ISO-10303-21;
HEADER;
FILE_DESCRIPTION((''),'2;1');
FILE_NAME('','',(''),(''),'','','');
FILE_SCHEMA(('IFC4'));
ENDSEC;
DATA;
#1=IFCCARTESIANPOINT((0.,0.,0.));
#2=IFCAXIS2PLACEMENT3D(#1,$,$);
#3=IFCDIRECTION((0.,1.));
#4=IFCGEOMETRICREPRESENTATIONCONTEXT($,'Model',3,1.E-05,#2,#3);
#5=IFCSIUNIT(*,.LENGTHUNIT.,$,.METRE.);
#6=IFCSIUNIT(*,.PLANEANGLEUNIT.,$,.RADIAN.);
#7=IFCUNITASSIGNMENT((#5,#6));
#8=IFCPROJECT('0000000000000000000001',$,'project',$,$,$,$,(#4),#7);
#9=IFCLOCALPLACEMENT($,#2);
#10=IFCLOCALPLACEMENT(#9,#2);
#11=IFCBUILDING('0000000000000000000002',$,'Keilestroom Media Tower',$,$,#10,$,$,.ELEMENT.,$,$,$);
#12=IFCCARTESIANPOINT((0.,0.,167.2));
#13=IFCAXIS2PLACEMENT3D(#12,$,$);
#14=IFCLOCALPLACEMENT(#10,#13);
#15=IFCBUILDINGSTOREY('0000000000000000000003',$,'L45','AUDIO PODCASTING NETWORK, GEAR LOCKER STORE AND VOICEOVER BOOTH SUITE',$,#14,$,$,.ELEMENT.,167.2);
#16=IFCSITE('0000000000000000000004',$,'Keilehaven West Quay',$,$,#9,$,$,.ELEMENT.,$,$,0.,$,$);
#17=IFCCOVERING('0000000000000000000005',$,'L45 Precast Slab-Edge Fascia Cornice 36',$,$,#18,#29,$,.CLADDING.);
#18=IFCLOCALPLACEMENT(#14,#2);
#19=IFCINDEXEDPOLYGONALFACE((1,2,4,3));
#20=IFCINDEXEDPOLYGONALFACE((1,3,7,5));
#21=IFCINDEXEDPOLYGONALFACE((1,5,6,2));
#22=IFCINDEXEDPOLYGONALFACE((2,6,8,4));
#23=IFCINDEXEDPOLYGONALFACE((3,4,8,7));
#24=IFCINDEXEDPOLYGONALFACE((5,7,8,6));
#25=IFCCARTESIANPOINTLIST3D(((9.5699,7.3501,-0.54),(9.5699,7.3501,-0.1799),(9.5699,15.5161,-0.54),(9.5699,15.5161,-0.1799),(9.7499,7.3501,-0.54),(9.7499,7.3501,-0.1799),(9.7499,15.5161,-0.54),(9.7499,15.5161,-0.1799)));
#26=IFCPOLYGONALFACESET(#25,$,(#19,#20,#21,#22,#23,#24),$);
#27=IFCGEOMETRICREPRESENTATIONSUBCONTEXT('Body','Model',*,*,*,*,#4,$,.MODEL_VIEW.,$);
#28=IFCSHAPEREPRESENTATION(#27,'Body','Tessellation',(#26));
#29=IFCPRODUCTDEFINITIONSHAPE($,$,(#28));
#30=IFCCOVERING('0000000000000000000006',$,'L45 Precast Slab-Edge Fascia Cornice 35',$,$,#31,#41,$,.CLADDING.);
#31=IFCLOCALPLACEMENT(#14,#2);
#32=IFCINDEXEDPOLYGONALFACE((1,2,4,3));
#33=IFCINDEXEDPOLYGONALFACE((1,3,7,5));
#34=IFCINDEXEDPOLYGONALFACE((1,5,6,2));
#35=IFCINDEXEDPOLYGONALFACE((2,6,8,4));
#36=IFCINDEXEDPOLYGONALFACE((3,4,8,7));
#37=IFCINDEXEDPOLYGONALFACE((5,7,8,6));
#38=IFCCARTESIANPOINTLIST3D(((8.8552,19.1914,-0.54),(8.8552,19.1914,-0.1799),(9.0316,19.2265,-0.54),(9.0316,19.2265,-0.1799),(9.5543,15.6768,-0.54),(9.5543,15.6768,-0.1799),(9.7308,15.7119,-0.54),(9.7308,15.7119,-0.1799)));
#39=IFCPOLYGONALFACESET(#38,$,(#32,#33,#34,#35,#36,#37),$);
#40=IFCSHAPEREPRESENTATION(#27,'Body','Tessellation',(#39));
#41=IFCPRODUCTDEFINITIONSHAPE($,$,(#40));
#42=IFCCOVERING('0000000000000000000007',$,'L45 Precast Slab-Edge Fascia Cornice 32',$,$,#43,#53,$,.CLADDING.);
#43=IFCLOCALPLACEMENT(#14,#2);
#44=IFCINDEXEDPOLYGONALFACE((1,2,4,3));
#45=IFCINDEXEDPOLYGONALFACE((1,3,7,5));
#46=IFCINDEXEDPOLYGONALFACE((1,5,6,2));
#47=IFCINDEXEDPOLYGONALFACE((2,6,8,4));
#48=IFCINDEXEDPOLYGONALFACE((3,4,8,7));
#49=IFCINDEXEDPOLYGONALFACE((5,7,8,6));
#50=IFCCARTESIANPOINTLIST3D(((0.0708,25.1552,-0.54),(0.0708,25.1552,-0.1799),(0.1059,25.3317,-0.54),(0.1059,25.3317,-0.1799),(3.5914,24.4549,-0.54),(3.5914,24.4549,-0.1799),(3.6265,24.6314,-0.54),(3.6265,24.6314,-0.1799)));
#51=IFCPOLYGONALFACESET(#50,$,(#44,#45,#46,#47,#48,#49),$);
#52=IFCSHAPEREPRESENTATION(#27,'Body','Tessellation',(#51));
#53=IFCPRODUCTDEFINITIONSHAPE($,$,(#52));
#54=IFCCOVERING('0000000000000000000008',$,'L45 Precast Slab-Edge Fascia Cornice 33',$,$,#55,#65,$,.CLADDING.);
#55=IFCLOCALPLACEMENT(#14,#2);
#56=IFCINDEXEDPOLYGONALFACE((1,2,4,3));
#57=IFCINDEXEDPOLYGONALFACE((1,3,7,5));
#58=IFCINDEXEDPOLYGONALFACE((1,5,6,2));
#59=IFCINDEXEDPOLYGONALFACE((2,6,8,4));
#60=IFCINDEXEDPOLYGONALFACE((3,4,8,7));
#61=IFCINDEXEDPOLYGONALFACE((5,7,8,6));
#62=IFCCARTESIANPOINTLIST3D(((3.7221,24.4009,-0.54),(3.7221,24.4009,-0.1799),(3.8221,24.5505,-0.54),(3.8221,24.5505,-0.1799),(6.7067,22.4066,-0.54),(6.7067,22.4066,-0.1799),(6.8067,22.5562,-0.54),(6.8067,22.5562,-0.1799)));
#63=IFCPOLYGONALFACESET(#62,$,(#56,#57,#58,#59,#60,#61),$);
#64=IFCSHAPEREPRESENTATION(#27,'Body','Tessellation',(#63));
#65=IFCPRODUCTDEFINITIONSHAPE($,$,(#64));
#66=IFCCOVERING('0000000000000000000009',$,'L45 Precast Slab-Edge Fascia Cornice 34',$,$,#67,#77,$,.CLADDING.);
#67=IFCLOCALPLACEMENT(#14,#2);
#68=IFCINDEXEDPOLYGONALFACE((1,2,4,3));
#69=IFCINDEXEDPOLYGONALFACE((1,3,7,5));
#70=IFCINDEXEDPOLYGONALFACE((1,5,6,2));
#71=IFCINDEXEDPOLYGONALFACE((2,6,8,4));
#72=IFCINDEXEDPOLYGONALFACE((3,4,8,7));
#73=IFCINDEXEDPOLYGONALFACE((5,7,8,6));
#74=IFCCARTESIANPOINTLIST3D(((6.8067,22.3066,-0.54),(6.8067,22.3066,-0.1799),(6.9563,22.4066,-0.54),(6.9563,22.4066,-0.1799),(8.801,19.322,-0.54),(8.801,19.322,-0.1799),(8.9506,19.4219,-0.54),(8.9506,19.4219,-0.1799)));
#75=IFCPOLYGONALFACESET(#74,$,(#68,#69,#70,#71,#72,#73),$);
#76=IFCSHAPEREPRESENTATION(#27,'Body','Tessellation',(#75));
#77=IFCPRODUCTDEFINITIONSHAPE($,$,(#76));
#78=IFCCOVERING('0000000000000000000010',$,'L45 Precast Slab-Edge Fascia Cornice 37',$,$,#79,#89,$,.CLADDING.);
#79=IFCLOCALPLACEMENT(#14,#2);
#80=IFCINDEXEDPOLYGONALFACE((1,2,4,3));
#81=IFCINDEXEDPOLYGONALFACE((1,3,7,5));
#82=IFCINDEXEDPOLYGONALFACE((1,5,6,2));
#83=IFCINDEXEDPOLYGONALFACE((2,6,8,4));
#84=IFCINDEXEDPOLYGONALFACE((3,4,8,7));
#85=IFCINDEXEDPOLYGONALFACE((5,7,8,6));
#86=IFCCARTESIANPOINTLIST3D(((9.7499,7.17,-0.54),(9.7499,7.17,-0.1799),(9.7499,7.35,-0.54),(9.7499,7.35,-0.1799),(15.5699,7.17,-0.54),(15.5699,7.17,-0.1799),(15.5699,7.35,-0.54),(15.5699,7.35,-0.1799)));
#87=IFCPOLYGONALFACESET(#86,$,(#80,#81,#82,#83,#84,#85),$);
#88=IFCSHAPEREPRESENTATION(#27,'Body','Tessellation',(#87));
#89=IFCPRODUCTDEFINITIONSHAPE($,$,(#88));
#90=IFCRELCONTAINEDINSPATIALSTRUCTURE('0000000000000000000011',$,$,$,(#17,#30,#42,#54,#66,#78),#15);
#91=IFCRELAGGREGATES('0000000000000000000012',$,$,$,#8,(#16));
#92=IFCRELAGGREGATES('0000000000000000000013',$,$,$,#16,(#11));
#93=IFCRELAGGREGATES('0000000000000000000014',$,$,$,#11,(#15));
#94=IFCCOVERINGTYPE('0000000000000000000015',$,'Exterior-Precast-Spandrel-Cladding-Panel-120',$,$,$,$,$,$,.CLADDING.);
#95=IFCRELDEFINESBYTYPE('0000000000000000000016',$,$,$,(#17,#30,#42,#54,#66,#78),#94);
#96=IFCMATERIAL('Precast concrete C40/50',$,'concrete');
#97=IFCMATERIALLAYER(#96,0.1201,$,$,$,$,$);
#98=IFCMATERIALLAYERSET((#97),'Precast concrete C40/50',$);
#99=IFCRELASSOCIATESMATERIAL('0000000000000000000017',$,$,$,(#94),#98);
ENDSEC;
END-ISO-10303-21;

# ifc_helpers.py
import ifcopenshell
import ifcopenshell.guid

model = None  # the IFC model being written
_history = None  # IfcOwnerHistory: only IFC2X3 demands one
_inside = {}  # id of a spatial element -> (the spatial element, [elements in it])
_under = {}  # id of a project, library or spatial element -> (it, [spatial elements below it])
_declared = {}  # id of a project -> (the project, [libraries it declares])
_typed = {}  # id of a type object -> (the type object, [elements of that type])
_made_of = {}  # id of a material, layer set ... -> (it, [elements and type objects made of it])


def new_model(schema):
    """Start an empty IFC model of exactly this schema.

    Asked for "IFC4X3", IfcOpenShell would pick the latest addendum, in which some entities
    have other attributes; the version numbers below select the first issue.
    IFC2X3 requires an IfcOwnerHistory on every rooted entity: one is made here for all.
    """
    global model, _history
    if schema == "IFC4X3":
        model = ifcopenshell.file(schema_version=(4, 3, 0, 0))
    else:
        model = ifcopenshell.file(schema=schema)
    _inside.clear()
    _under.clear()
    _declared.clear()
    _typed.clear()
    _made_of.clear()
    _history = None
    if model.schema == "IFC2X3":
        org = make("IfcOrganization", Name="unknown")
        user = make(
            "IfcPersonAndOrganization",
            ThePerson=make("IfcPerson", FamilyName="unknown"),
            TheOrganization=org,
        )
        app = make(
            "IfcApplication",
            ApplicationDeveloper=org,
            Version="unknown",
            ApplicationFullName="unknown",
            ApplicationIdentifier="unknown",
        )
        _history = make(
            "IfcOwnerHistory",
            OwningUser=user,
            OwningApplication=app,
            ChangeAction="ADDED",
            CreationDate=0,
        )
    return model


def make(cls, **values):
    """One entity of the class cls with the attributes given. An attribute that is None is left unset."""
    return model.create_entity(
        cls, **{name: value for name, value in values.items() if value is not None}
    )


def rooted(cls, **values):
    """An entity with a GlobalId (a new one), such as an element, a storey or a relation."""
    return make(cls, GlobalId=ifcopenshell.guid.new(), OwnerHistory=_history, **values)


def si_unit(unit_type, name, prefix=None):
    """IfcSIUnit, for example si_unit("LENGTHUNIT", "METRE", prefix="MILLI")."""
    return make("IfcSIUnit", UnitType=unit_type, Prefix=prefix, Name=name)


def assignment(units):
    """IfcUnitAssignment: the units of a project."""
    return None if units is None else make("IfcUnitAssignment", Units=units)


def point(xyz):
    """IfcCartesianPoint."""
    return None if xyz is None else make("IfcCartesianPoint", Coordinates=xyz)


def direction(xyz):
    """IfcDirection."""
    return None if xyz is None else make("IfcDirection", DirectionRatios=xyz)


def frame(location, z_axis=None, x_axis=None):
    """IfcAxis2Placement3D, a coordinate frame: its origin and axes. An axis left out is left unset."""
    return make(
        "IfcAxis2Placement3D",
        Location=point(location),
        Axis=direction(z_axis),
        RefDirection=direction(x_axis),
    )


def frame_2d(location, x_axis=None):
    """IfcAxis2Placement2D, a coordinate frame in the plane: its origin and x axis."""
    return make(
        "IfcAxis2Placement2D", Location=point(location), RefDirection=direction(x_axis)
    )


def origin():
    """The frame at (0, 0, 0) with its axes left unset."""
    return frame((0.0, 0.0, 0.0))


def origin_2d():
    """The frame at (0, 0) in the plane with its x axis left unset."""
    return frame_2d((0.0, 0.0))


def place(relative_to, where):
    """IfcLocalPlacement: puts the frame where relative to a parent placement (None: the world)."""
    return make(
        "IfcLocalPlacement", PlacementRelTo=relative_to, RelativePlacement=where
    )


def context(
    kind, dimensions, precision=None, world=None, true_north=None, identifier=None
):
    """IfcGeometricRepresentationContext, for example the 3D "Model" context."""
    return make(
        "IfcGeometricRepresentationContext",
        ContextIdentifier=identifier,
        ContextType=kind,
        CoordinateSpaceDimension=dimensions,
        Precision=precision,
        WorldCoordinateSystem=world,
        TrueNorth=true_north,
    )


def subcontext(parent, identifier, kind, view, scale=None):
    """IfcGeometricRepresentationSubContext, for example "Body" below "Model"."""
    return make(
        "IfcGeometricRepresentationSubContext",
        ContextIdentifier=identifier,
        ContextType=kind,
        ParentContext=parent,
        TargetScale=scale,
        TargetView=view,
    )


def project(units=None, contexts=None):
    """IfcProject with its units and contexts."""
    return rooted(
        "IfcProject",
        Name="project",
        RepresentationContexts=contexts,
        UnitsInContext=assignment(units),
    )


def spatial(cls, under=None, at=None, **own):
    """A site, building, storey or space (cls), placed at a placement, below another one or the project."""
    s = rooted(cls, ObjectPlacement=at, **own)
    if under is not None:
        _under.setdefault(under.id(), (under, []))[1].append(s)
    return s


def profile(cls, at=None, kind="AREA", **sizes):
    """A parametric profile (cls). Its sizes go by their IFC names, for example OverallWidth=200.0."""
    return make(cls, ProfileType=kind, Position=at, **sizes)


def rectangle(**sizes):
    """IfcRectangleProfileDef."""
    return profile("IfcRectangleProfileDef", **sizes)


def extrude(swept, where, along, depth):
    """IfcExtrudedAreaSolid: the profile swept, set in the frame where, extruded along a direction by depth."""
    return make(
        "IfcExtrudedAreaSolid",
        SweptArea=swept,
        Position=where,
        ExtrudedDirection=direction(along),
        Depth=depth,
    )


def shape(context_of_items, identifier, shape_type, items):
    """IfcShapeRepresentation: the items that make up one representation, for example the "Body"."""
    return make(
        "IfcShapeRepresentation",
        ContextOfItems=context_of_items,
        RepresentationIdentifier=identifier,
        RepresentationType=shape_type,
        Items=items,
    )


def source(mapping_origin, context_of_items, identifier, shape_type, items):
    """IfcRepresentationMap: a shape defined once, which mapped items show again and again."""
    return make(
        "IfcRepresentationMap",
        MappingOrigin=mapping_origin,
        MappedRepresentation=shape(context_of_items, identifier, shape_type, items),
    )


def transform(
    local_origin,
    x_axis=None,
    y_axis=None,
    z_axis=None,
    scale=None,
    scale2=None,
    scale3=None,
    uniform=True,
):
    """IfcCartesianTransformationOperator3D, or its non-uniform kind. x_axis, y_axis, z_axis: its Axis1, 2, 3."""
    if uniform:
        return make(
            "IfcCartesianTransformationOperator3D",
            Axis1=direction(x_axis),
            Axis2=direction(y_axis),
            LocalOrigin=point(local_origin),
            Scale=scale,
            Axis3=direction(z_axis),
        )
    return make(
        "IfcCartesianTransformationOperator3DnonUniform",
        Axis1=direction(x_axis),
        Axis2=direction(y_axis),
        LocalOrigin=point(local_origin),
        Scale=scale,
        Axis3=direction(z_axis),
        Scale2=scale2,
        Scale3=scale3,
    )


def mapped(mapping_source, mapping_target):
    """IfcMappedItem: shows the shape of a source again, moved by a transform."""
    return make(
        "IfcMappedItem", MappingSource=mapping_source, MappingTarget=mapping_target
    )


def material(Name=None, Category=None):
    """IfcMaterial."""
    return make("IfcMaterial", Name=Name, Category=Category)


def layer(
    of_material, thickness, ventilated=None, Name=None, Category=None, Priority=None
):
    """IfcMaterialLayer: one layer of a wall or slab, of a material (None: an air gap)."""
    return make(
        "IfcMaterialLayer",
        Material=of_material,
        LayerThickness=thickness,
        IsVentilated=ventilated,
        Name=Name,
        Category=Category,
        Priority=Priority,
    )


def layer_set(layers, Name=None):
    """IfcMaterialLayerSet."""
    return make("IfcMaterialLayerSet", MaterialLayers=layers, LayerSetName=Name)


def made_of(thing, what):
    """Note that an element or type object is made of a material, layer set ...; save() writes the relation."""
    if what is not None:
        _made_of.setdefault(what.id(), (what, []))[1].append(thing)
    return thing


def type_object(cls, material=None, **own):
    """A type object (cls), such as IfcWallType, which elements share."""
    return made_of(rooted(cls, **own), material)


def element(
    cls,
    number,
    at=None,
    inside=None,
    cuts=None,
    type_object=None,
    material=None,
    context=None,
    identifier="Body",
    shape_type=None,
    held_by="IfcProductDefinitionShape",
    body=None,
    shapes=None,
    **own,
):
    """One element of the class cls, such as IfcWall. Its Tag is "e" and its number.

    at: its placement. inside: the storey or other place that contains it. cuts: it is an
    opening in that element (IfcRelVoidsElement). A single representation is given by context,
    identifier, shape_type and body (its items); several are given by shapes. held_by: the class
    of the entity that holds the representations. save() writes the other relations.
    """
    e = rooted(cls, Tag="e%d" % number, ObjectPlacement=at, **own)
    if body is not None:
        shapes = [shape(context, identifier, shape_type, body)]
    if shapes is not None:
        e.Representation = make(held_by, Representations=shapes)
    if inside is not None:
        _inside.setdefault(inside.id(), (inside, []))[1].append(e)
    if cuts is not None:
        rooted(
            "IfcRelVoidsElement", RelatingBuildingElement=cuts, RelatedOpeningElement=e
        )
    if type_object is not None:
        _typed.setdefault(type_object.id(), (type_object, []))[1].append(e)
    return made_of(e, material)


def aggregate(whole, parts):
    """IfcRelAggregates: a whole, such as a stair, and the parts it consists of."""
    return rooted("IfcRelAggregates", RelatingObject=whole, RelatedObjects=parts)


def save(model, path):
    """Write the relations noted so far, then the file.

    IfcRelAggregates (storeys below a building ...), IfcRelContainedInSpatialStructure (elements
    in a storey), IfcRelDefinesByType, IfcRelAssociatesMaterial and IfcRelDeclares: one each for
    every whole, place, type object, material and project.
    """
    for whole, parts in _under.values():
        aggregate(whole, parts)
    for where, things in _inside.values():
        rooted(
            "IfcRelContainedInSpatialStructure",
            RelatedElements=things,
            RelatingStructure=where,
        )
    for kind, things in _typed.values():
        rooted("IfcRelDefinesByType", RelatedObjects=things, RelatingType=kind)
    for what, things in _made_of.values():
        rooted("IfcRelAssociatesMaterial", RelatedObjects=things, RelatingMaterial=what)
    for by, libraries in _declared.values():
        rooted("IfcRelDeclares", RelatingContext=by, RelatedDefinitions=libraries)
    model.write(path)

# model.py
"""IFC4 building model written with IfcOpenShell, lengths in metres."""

from ifc_helpers import new_model, si_unit, direction, frame, origin, origin_2d, place, context, subcontext, project, spatial, rectangle, extrude, source, transform, mapped, material, layer, layer_set, type_object, element, save


model = new_model("IFC4")

# Units and contexts
model_context = context("Model", 3, precision=1e-05, world=origin(), true_north=direction((0.0, 1.0)))
body_context = subcontext(model_context, "Body", "Model", "MODEL_VIEW")
ifc_project = project(units=[si_unit("LENGTHUNIT", "METRE"), si_unit("PLANEANGLEUNIT", "RADIAN")], contexts=[model_context])

# Site, building, storey
site_placement = place(None, origin())
site = spatial("IfcSite", under=ifc_project, at=site_placement, Name="Keilehaven West Quay", CompositionType="ELEMENT", RefElevation=0.0)
building_placement = place(site_placement, origin())
building = spatial("IfcBuilding", under=site, at=building_placement, Name="Keilestroom Media Tower", CompositionType="ELEMENT")
storey_placement = place(building_placement, frame((0.0, 0.0, 167.2)))
storey = spatial("IfcBuildingStorey", under=building, at=storey_placement, Name="L45", Description="AUDIO PODCASTING NETWORK, GEAR LOCKER STORE AND VOICEOVER BOOTH SUITE", CompositionType="ELEMENT", Elevation=167.2)

# Shared definitions
ifc_material_1 = material(Name="Precast concrete C40/50", Category="concrete")

# Coverings
ifc_layer_1 = layer(ifc_material_1, 0.1201)
ifc_layer_set_1 = layer_set([ifc_layer_1], Name="Precast concrete C40/50")
covering_type = type_object("IfcCoveringType", Name="Exterior-Precast-Spandrel-Cladding-Panel-120", PredefinedType="CLADDING", material=ifc_layer_set_1)
shared_shape_1 = source(origin(), body_context, "Body", "SweptSolid", [
    extrude(rectangle(XDim=8.166, YDim=0.1799, at=origin_2d()), origin(), (0.0, 0.0, 1.0), 0.3601),
])
covering_1_placement = place(storey_placement, frame((9.6599, 11.4331, -0.54), z_axis=(0.0, 0.0, 1.0), x_axis=(0.0, -1.0, 0.0)))
element("IfcCovering", 1, at=covering_1_placement, inside=storey, type_object=covering_type, Name="L45 Precast Slab-Edge Fascia Cornice 36", PredefinedType="CLADDING", context=body_context, shape_type="MappedRepresentation", body=[
    mapped(shared_shape_1, transform((0.0, 0.0, 0.0), x_axis=(1.0, 0.0, 0.0), y_axis=(0.0, 1.0, 0.0), z_axis=(0.0, 0.0, 1.0), scale=1.0)),
])
shared_shape_2 = source(origin(), body_context, "Body", "SweptSolid", [
    extrude(rectangle(XDim=3.5835, YDim=0.1799, at=origin_2d()), origin(), (0.0, 0.0, 1.0), 0.3601),
])
covering_2_placement = place(storey_placement, frame((9.293, 17.4517, -0.54), z_axis=(0.0, 0.0, 1.0), x_axis=(0.195099, -0.980784, 0.0)))
element("IfcCovering", 2, at=covering_2_placement, inside=storey, type_object=covering_type, Name="L45 Precast Slab-Edge Fascia Cornice 35", PredefinedType="CLADDING", context=body_context, shape_type="MappedRepresentation", body=[
    mapped(shared_shape_2, transform((0.0, 0.0, 0.0), x_axis=(1.0, 0.0, 0.0), y_axis=(0.0, 1.0, 0.0), z_axis=(0.0, 0.0, 1.0), scale=1.0)),
])
shared_shape_3 = source(origin(), body_context, "Body", "SweptSolid", [
    extrude(rectangle(XDim=3.5896, YDim=0.1799, at=origin_2d()), origin(), (0.0, 0.0, 1.0), 0.3601),
])
for number, where, z_axis, x_axis, name in (
    (3, (1.8486, 24.8933, -0.54), (0.0, 0.0, 1.0), (0.980784, -0.195099, 0.0), "L45 Precast Slab-Edge Fascia Cornice 32"),
    (4, (5.2644, 23.4785, -0.54), (0.0, 0.0, 1.0), (0.831467, -0.555575, 0.0), "L45 Precast Slab-Edge Fascia Cornice 33"),
    (5, (7.8787, 20.8643, -0.54), (0.0, 0.0, 1.0), (0.555575, -0.831467, 0.0), "L45 Precast Slab-Edge Fascia Cornice 34"),
):
    element("IfcCovering", number, at=place(storey_placement, frame(where, z_axis=z_axis, x_axis=x_axis)), inside=storey, type_object=covering_type, Name=name, PredefinedType="CLADDING", context=body_context, shape_type="MappedRepresentation", body=[
        mapped(shared_shape_3, transform((0.0, 0.0, 0.0), x_axis=(1.0, 0.0, 0.0), y_axis=(0.0, 1.0, 0.0), z_axis=(0.0, 0.0, 1.0), scale=1.0)),
    ])
shared_shape_4 = source(origin(), body_context, "Body", "SweptSolid", [
    extrude(rectangle(XDim=5.8201, YDim=0.1799, at=origin_2d()), origin(), (0.0, 0.0, 1.0), 0.3601),
])
covering_3_placement = place(storey_placement, frame((12.6599, 7.26, -0.54), z_axis=(0.0, 0.0, 1.0), x_axis=(1.0, 0.0, 0.0)))
element("IfcCovering", 6, at=covering_3_placement, inside=storey, type_object=covering_type, Name="L45 Precast Slab-Edge Fascia Cornice 37", PredefinedType="CLADDING", context=body_context, shape_type="MappedRepresentation", body=[
    mapped(shared_shape_4, transform((0.0, 0.0, 0.0), x_axis=(1.0, 0.0, 0.0), y_axis=(0.0, 1.0, 0.0), z_axis=(0.0, 0.0, 1.0), scale=1.0)),
])

save(model, "model.ifc")
